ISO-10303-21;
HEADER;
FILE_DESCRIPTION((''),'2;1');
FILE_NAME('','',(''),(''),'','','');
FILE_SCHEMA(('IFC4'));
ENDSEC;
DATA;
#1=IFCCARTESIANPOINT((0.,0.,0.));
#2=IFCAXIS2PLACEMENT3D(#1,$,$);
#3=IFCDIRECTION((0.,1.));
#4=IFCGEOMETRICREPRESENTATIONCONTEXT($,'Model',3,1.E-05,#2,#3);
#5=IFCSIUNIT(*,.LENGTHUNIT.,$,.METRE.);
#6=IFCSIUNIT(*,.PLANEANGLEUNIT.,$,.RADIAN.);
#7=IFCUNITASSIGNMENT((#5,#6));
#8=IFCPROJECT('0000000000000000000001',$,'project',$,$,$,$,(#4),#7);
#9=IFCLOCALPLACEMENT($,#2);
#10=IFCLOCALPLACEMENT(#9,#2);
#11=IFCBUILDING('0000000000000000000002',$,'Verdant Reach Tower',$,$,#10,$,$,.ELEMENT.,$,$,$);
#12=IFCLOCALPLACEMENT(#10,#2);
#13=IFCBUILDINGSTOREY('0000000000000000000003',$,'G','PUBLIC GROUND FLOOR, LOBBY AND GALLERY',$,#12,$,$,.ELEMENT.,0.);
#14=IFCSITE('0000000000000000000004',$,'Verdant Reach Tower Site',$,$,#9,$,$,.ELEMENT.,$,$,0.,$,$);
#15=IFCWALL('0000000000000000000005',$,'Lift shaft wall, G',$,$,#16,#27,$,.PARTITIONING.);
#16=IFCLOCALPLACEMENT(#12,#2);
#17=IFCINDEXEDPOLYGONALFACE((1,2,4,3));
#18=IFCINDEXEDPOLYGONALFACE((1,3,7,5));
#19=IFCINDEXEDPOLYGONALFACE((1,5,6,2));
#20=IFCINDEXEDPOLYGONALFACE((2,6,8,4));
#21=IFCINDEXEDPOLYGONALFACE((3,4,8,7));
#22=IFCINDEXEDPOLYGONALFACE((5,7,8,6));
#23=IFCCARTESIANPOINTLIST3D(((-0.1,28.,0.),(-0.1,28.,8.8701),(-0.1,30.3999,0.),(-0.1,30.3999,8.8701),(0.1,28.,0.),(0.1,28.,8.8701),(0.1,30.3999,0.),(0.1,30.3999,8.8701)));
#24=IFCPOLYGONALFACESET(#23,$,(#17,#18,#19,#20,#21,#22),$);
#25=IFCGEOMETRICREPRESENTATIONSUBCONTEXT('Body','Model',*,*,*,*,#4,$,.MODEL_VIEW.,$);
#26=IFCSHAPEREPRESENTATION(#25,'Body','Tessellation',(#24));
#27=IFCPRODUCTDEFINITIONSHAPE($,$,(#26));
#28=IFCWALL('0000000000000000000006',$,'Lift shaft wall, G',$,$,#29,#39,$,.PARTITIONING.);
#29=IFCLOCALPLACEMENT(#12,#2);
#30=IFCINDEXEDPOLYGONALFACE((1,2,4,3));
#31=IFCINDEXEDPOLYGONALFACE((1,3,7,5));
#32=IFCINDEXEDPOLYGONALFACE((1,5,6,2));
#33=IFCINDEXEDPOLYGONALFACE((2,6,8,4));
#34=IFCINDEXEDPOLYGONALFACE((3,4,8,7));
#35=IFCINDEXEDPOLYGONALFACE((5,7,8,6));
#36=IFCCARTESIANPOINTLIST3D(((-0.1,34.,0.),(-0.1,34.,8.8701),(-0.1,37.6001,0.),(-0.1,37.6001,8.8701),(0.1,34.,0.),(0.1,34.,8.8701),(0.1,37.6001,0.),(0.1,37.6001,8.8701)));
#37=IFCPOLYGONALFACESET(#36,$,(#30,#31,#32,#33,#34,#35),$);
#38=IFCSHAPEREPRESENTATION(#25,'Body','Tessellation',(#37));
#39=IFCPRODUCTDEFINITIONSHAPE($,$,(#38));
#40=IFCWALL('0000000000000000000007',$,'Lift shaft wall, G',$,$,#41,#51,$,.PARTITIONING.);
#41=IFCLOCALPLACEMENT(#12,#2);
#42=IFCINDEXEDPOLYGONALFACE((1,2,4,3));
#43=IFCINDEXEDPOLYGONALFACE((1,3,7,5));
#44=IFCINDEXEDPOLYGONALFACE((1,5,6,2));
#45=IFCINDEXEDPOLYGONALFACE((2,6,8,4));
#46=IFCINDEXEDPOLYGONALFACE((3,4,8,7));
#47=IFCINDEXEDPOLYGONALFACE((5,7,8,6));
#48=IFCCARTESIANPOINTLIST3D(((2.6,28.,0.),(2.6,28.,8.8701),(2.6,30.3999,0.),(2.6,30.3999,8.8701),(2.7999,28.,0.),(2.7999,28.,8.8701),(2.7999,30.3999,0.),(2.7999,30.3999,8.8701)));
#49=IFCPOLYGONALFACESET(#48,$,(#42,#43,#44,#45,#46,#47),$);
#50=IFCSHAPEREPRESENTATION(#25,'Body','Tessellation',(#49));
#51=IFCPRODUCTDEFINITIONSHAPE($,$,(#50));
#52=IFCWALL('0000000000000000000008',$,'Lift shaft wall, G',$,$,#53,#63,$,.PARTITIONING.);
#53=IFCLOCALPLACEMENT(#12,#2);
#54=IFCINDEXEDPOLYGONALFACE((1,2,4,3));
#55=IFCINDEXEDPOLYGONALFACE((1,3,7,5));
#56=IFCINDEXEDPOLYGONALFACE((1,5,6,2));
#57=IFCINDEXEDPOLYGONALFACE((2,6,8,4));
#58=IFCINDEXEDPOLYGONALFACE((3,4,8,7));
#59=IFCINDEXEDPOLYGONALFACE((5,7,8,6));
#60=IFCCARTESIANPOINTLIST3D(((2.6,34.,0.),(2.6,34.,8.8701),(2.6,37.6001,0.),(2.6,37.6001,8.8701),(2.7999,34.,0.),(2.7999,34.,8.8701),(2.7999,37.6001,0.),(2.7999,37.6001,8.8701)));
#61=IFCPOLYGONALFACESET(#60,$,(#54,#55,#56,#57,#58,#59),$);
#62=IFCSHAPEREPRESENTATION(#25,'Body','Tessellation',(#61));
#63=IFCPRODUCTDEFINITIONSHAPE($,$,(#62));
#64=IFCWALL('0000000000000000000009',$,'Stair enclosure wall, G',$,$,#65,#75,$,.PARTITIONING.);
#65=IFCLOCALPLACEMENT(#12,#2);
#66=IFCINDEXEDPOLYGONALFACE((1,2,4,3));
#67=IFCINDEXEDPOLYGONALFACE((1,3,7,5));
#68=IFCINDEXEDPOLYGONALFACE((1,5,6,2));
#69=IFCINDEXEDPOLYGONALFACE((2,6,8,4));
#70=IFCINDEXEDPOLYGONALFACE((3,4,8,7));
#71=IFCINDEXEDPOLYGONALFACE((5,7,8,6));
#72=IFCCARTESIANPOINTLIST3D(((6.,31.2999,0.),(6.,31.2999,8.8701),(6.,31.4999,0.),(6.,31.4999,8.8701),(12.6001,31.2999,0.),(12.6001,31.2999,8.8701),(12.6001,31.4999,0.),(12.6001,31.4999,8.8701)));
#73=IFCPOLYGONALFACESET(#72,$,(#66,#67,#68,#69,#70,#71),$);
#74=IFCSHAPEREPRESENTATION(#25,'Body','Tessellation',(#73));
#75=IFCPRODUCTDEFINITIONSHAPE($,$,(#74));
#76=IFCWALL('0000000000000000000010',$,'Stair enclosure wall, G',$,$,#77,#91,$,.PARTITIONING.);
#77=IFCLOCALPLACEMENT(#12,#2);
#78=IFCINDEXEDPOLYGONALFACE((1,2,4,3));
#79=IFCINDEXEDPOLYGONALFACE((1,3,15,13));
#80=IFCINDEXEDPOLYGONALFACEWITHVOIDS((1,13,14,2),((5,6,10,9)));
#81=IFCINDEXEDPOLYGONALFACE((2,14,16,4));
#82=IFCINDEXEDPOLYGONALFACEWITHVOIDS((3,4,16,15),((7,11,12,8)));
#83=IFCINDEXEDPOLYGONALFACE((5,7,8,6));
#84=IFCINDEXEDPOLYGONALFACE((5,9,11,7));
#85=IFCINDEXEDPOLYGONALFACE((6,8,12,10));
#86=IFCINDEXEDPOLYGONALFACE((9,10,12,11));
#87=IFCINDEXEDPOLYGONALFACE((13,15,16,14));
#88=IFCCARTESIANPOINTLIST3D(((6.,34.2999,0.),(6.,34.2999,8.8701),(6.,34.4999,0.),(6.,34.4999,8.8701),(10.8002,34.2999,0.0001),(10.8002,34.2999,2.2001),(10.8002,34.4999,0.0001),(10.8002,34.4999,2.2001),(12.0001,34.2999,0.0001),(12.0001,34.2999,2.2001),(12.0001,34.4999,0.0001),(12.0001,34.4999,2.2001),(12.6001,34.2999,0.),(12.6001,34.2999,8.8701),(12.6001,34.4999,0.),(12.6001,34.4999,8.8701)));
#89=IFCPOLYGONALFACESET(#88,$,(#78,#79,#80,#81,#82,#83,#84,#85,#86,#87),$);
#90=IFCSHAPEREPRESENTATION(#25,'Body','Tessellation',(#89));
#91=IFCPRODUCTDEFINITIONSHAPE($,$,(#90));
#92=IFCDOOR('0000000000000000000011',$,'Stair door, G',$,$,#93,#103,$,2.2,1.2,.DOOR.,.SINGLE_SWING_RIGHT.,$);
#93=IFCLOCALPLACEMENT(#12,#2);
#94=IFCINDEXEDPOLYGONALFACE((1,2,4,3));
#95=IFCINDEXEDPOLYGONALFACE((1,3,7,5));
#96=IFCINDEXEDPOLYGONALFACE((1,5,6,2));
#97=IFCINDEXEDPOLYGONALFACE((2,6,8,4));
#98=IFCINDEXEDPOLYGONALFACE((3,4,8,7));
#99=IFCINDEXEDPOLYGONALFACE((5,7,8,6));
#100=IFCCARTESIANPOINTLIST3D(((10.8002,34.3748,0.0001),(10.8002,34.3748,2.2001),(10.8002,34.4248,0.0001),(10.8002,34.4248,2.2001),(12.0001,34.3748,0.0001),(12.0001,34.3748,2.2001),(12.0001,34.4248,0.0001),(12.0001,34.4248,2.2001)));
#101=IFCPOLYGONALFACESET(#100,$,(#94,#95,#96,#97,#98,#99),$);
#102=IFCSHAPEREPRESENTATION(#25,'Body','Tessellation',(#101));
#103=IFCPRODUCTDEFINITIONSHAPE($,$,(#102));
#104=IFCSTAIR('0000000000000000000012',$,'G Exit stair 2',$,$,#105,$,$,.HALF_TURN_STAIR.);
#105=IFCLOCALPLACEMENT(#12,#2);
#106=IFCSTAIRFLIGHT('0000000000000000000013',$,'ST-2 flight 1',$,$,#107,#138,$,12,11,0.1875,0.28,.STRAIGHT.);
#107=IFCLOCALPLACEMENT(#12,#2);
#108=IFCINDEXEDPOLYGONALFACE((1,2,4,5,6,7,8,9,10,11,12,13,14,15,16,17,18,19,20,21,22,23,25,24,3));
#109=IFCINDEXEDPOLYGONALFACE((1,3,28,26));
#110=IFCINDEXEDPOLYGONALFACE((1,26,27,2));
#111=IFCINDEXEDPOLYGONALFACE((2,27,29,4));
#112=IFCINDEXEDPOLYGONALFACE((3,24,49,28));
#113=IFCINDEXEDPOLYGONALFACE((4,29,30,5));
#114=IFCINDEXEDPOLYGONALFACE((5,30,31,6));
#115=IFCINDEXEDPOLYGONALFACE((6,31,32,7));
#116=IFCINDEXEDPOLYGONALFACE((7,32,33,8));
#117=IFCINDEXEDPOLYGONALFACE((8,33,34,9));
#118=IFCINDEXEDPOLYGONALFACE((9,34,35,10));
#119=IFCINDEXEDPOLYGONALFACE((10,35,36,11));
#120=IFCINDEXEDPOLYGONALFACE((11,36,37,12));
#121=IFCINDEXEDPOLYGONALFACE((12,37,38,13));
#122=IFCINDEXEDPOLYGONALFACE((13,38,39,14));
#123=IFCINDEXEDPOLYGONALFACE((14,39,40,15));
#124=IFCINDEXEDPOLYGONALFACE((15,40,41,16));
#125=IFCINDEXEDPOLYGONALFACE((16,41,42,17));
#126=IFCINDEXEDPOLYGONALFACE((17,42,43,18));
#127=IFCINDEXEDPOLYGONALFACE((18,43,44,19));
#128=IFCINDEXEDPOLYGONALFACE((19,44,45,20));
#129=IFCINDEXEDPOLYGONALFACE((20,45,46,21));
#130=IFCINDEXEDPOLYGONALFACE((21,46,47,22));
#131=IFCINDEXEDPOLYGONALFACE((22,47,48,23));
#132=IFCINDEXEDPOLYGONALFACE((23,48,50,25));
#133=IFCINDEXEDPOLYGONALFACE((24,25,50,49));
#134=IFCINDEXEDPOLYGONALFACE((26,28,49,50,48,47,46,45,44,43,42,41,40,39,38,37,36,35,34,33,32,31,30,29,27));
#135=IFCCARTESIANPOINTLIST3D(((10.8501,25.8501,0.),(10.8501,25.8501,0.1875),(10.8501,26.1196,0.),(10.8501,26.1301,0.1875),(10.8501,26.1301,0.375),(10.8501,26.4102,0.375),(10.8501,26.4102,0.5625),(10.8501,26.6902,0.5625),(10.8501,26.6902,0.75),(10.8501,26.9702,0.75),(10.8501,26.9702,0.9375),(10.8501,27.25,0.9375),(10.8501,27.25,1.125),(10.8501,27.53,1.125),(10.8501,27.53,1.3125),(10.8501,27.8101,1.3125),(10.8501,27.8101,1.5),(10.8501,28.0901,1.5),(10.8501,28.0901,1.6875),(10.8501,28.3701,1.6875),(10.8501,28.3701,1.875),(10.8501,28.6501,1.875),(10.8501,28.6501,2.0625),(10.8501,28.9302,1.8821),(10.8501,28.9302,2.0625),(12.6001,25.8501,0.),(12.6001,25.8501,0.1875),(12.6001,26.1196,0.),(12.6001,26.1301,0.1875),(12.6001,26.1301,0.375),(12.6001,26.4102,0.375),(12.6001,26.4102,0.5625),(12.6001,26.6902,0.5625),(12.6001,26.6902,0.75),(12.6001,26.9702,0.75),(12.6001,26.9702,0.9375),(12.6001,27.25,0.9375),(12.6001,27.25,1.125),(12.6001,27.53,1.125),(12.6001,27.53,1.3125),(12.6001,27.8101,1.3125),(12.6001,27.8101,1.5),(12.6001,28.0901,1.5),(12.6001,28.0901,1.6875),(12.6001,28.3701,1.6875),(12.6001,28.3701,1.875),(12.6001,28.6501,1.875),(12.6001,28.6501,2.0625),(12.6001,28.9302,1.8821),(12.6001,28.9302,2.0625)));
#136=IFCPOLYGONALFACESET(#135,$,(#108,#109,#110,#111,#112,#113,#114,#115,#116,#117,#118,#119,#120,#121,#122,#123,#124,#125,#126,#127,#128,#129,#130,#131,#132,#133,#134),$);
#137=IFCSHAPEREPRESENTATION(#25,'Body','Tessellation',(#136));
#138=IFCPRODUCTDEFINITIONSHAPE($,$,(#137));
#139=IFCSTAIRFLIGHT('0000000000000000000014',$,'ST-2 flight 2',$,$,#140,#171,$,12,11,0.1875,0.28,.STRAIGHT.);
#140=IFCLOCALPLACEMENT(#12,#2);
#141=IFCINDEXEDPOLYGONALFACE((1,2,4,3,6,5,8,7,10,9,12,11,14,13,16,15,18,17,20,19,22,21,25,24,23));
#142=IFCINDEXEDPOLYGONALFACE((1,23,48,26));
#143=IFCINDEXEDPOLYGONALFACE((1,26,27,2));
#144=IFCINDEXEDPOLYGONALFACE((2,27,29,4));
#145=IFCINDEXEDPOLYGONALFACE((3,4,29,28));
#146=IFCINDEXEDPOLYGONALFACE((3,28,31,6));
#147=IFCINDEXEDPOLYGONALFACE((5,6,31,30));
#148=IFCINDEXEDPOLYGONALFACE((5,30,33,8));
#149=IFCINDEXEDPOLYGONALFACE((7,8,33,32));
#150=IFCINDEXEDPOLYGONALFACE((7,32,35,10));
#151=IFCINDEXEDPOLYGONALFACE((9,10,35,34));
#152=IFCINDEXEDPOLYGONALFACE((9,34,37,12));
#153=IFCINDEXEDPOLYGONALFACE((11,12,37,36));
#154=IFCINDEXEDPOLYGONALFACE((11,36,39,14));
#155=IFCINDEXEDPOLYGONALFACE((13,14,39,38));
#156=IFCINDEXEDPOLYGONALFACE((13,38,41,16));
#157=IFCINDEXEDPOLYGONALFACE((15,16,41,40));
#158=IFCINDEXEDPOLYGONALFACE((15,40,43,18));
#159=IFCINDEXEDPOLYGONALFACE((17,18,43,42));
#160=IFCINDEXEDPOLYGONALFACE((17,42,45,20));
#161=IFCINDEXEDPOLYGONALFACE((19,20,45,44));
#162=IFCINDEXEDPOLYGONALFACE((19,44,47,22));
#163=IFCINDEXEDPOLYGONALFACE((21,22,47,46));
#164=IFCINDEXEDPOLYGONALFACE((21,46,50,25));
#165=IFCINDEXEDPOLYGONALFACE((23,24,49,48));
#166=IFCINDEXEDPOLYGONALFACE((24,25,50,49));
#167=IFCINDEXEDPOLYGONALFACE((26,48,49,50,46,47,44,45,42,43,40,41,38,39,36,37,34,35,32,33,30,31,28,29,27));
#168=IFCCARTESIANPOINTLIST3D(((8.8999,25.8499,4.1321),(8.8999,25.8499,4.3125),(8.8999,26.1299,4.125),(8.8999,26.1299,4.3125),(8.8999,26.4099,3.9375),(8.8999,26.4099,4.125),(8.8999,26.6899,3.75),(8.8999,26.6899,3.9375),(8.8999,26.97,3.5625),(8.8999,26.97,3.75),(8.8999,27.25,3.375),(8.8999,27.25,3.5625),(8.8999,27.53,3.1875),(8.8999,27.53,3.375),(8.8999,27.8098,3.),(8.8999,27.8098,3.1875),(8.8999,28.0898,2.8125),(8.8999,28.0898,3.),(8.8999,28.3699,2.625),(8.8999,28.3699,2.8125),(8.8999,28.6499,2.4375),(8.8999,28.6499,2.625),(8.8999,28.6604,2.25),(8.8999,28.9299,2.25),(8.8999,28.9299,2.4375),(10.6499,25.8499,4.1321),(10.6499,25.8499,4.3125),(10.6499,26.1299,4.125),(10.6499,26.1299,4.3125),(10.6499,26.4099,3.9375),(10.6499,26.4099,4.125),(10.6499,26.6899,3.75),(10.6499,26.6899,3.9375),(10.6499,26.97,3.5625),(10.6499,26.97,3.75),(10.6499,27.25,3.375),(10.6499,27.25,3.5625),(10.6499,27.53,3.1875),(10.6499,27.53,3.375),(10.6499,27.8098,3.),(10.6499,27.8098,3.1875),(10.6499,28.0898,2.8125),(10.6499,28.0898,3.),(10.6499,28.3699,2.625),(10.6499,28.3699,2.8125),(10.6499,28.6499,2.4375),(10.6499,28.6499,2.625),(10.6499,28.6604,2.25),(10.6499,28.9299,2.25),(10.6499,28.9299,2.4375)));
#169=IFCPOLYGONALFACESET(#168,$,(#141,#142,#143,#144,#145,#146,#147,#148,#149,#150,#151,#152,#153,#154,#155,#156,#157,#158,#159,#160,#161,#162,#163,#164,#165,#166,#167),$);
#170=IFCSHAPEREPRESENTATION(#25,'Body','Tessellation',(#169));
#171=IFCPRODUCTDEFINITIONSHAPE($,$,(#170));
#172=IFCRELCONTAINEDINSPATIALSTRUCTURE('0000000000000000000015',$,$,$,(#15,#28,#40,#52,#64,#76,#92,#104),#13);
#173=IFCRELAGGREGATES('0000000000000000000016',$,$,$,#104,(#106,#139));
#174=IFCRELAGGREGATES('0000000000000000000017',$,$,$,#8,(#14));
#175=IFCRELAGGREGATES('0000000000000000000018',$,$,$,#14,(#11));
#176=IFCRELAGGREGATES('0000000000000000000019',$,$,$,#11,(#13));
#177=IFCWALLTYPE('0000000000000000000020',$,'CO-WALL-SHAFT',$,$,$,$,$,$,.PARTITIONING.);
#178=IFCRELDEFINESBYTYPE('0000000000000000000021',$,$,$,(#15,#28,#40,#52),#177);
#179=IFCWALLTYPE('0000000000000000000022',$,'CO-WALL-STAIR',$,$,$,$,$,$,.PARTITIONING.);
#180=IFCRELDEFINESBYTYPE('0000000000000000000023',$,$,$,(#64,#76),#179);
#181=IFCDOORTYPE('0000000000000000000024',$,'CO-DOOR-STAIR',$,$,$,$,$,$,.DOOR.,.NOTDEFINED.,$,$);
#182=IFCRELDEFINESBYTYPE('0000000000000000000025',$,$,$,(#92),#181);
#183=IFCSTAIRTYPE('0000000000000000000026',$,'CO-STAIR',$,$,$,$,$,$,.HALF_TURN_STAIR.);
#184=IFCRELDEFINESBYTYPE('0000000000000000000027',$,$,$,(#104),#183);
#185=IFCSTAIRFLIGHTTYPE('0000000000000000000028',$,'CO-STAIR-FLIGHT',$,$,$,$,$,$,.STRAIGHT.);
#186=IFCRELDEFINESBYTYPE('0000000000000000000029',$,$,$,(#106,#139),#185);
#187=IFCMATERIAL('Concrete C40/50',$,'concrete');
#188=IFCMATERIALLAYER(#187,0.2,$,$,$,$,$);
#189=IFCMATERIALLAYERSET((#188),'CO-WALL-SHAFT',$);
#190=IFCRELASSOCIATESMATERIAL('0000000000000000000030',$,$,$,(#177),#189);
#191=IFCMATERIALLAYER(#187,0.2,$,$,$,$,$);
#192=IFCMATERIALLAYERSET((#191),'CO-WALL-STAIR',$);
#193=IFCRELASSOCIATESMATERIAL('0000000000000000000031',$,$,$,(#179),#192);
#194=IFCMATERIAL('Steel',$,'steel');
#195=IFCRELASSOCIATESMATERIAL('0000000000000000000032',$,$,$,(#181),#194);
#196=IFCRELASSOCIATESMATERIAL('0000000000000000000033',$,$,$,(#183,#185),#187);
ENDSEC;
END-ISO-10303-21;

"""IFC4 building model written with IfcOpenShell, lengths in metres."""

from ifc_helpers import new_model, si_unit, direction, frame, frame_2d, origin, place, context, subcontext, project, spatial, polyline, rectangle, outline, extrude, material, layer, layer_set, type_object, element, fill, aggregate, save


model = new_model("IFC4")

# Units and contexts
model_context = context("Model", 3, precision=1e-05, world=origin(), true_north=direction((0.0, 1.0)))
body_context = subcontext(model_context, "Body", "Model", "MODEL_VIEW")
ifc_project = project(units=[si_unit("LENGTHUNIT", "METRE"), si_unit("PLANEANGLEUNIT", "RADIAN")], contexts=[model_context])

# Site, building, storey
site_placement = place(None, origin())
site = spatial("IfcSite", under=ifc_project, at=site_placement, Name="Verdant Reach Tower Site", CompositionType="ELEMENT", RefElevation=0.0)
building_placement = place(site_placement, origin())
building = spatial("IfcBuilding", under=site, at=building_placement, Name="Verdant Reach Tower", CompositionType="ELEMENT")
storey_placement = place(building_placement, origin())
storey = spatial("IfcBuildingStorey", under=building, at=storey_placement, Name="G", Description="PUBLIC GROUND FLOOR, LOBBY AND GALLERY", CompositionType="ELEMENT", Elevation=0.0)

# Walls
ifc_material_1 = material(Name="Concrete C40/50", Category="concrete")
ifc_layer_1 = layer(ifc_material_1, 0.2)
ifc_layer_set_1 = layer_set([ifc_layer_1], Name="CO-WALL-SHAFT")
wall_type_1 = type_object("IfcWallType", Name="CO-WALL-SHAFT", PredefinedType="PARTITIONING", material=ifc_layer_set_1)
wall_1_placement = place(storey_placement, frame((0.0, 28.0, 0.0), z_axis=(0.0, 0.0, 1.0), x_axis=(0.0, 1.0, 0.0)))
element("IfcWall", 1, at=wall_1_placement, inside=storey, type_object=wall_type_1, Name="Lift shaft wall, G", PredefinedType="PARTITIONING", context=body_context, shape_type="SweptSolid", body=[
    extrude(rectangle(XDim=2.3999, YDim=0.2, at=frame_2d((1.2, 0.0))), origin(), (0.0, 0.0, 1.0), 8.8701),
])
wall_2_placement = place(storey_placement, frame((0.0, 34.0, 0.0), z_axis=(0.0, 0.0, 1.0), x_axis=(0.0, 1.0, 0.0)))
element("IfcWall", 2, at=wall_2_placement, inside=storey, type_object=wall_type_1, Name="Lift shaft wall, G", PredefinedType="PARTITIONING", context=body_context, shape_type="SweptSolid", body=[
    extrude(rectangle(XDim=3.6001, YDim=0.2, at=frame_2d((1.8, 0.0))), origin(), (0.0, 0.0, 1.0), 8.8701),
])
wall_3_placement = place(storey_placement, frame((2.7, 28.0, 0.0), z_axis=(0.0, 0.0, 1.0), x_axis=(0.0, 1.0, 0.0)))
element("IfcWall", 3, at=wall_3_placement, inside=storey, type_object=wall_type_1, Name="Lift shaft wall, G", PredefinedType="PARTITIONING", context=body_context, shape_type="SweptSolid", body=[
    extrude(rectangle(XDim=2.3999, YDim=0.2, at=frame_2d((1.2, 0.0))), origin(), (0.0, 0.0, 1.0), 8.8701),
])
wall_4_placement = place(storey_placement, frame((2.7, 34.0, 0.0), z_axis=(0.0, 0.0, 1.0), x_axis=(0.0, 1.0, 0.0)))
element("IfcWall", 4, at=wall_4_placement, inside=storey, type_object=wall_type_1, Name="Lift shaft wall, G", PredefinedType="PARTITIONING", context=body_context, shape_type="SweptSolid", body=[
    extrude(rectangle(XDim=3.6001, YDim=0.2, at=frame_2d((1.8, 0.0))), origin(), (0.0, 0.0, 1.0), 8.8701),
])
ifc_layer_2 = layer(ifc_material_1, 0.2)
ifc_layer_set_2 = layer_set([ifc_layer_2], Name="CO-WALL-STAIR")
wall_type_2 = type_object("IfcWallType", Name="CO-WALL-STAIR", PredefinedType="PARTITIONING", material=ifc_layer_set_2)
wall_5_placement = place(storey_placement, frame((6.0, 31.3999, 0.0), z_axis=(0.0, 0.0, 1.0), x_axis=(1.0, 0.0, 0.0)))
element("IfcWall", 5, at=wall_5_placement, inside=storey, type_object=wall_type_2, Name="Stair enclosure wall, G", PredefinedType="PARTITIONING", context=body_context, shape_type="SweptSolid", body=[
    extrude(rectangle(XDim=6.6001, YDim=0.2, at=frame_2d((3.3, 0.0))), origin(), (0.0, 0.0, 1.0), 8.8701),
])

# Wall, opening, door
wall_6_placement = place(storey_placement, frame((6.0, 34.3999, 0.0), z_axis=(0.0, 0.0, 1.0), x_axis=(1.0, 0.0, 0.0)))
wall_6 = element("IfcWall", 6, at=wall_6_placement, inside=storey, type_object=wall_type_2, Name="Stair enclosure wall, G", PredefinedType="PARTITIONING", context=body_context, shape_type="SweptSolid", body=[
    extrude(rectangle(XDim=6.6001, YDim=0.2, at=frame_2d((3.3, 0.0))), origin(), (0.0, 0.0, 1.0), 8.8701),
])
opening_placement = place(wall_6_placement, frame((4.8, 0.0, 0.0)))
opening = element("IfcOpeningElement", 7, at=opening_placement, cuts=wall_6, PredefinedType="OPENING", context=body_context, shape_type="SweptSolid", body=[
    extrude(rectangle(XDim=1.2, YDim=2.2, at=frame_2d((0.6001, 1.1001))), frame((0.0, 0.1099, 0.0), z_axis=(0.0, -1.0, 0.0), x_axis=(1.0, 0.0, 0.0)), (0.0, 0.0, 1.0), 0.22),
])
ifc_material_2 = material(Name="Steel", Category="steel")
door_type = type_object("IfcDoorType", Name="CO-DOOR-STAIR", OperationType="NOTDEFINED", PredefinedType="DOOR", material=ifc_material_2)
door_placement = place(opening_placement, origin())
door = element("IfcDoor", 8, at=door_placement, inside=storey, type_object=door_type, Name="Stair door, G", OperationType="SINGLE_SWING_RIGHT", OverallHeight=2.2, OverallWidth=1.2, PredefinedType="DOOR", context=body_context, shape_type="SweptSolid", body=[
    extrude(rectangle(XDim=1.2, YDim=2.2, at=frame_2d((0.6001, 1.1001))), frame((0.0, 0.0249, 0.0), z_axis=(0.0, -1.0, 0.0), x_axis=(1.0, 0.0, 0.0)), (0.0, 0.0, 1.0), 0.05),
])
fill(opening, door)

# Stair, stair flights
stair_type = type_object("IfcStairType", Name="CO-STAIR", PredefinedType="HALF_TURN_STAIR", material=ifc_material_1)
stair_1_placement = place(storey_placement, origin())
stair_1 = element("IfcStair", 9, at=stair_1_placement, inside=storey, type_object=stair_type, Name="G Exit stair 2", PredefinedType="HALF_TURN_STAIR")
stair_flight_type = type_object("IfcStairFlightType", Name="CO-STAIR-FLIGHT", PredefinedType="STRAIGHT", material=ifc_material_1)
stair_flight_1_placement = place(storey_placement, frame((11.7251, 25.8501, 0.0), z_axis=(0.0, 0.0, 1.0), x_axis=(0.0, 1.0, 0.0)))
stair_flight_1 = element("IfcStairFlight", 10, at=stair_flight_1_placement, type_object=stair_flight_type, Name="ST-2 flight 1", NumberOfRisers=12, NumberOfTreads=11, PredefinedType="STRAIGHT", RiserHeight=0.1875, TreadLength=0.28, context=body_context, shape_type="SweptSolid", body=[
    extrude(outline(polyline([(0.0, 0.0), (0.0, 0.1875), (0.28, 0.1875), (0.28, 0.375), (0.5601, 0.375), (0.5601, 0.5625), (0.8401, 0.5625), (0.8401, 0.75), (1.1201, 0.75), (1.1201, 0.9375), (1.3999, 0.9375), (1.3999, 1.125), (1.6799, 1.125), (1.6799, 1.3125), (1.96, 1.3125), (1.96, 1.5), (2.24, 1.5), (2.24, 1.6875), (2.52, 1.6875), (2.52, 1.875), (2.8, 1.875), (2.8, 2.0625), (3.0801, 2.0625), (3.0801, 2.25), (3.0801, 1.8821), (0.2695, 0.0), (0.0, 0.0)])), frame((0.0, 0.875, 0.0), z_axis=(0.0, -1.0, 0.0), x_axis=(1.0, 0.0, 0.0)), (0.0, 0.0, 1.0), 1.75),
])
stair_flight_2_placement = place(storey_placement, frame((9.7749, 28.9299, 2.25), z_axis=(0.0, 0.0, 1.0), x_axis=(0.0, -1.0, 0.0)))
stair_flight_2 = element("IfcStairFlight", 11, at=stair_flight_2_placement, type_object=stair_flight_type, Name="ST-2 flight 2", NumberOfRisers=12, NumberOfTreads=11, PredefinedType="STRAIGHT", RiserHeight=0.1875, TreadLength=0.28, context=body_context, shape_type="SweptSolid", body=[
    extrude(outline(polyline([(0.0, 0.0), (0.0, 0.1875), (0.28, 0.1875), (0.28, 0.375), (0.5601, 0.375), (0.5601, 0.5625), (0.8401, 0.5625), (0.8401, 0.75), (1.1201, 0.75), (1.1201, 0.9375), (1.3999, 0.9375), (1.3999, 1.125), (1.6799, 1.125), (1.6799, 1.3125), (1.96, 1.3125), (1.96, 1.5), (2.24, 1.5), (2.24, 1.6875), (2.52, 1.6875), (2.52, 1.875), (2.8, 1.875), (2.8, 2.0625), (3.0801, 2.0625), (3.0801, 2.25), (3.0801, 1.8821), (0.2695, 0.0), (0.0, 0.0)])), frame((0.0, 0.875, 0.0), z_axis=(0.0, -1.0, 0.0), x_axis=(1.0, 0.0, 0.0)), (0.0, 0.0, 1.0), 1.75),
])
aggregate(stair_1, [stair_flight_1, stair_flight_2])

save(model, "model.ifc")
